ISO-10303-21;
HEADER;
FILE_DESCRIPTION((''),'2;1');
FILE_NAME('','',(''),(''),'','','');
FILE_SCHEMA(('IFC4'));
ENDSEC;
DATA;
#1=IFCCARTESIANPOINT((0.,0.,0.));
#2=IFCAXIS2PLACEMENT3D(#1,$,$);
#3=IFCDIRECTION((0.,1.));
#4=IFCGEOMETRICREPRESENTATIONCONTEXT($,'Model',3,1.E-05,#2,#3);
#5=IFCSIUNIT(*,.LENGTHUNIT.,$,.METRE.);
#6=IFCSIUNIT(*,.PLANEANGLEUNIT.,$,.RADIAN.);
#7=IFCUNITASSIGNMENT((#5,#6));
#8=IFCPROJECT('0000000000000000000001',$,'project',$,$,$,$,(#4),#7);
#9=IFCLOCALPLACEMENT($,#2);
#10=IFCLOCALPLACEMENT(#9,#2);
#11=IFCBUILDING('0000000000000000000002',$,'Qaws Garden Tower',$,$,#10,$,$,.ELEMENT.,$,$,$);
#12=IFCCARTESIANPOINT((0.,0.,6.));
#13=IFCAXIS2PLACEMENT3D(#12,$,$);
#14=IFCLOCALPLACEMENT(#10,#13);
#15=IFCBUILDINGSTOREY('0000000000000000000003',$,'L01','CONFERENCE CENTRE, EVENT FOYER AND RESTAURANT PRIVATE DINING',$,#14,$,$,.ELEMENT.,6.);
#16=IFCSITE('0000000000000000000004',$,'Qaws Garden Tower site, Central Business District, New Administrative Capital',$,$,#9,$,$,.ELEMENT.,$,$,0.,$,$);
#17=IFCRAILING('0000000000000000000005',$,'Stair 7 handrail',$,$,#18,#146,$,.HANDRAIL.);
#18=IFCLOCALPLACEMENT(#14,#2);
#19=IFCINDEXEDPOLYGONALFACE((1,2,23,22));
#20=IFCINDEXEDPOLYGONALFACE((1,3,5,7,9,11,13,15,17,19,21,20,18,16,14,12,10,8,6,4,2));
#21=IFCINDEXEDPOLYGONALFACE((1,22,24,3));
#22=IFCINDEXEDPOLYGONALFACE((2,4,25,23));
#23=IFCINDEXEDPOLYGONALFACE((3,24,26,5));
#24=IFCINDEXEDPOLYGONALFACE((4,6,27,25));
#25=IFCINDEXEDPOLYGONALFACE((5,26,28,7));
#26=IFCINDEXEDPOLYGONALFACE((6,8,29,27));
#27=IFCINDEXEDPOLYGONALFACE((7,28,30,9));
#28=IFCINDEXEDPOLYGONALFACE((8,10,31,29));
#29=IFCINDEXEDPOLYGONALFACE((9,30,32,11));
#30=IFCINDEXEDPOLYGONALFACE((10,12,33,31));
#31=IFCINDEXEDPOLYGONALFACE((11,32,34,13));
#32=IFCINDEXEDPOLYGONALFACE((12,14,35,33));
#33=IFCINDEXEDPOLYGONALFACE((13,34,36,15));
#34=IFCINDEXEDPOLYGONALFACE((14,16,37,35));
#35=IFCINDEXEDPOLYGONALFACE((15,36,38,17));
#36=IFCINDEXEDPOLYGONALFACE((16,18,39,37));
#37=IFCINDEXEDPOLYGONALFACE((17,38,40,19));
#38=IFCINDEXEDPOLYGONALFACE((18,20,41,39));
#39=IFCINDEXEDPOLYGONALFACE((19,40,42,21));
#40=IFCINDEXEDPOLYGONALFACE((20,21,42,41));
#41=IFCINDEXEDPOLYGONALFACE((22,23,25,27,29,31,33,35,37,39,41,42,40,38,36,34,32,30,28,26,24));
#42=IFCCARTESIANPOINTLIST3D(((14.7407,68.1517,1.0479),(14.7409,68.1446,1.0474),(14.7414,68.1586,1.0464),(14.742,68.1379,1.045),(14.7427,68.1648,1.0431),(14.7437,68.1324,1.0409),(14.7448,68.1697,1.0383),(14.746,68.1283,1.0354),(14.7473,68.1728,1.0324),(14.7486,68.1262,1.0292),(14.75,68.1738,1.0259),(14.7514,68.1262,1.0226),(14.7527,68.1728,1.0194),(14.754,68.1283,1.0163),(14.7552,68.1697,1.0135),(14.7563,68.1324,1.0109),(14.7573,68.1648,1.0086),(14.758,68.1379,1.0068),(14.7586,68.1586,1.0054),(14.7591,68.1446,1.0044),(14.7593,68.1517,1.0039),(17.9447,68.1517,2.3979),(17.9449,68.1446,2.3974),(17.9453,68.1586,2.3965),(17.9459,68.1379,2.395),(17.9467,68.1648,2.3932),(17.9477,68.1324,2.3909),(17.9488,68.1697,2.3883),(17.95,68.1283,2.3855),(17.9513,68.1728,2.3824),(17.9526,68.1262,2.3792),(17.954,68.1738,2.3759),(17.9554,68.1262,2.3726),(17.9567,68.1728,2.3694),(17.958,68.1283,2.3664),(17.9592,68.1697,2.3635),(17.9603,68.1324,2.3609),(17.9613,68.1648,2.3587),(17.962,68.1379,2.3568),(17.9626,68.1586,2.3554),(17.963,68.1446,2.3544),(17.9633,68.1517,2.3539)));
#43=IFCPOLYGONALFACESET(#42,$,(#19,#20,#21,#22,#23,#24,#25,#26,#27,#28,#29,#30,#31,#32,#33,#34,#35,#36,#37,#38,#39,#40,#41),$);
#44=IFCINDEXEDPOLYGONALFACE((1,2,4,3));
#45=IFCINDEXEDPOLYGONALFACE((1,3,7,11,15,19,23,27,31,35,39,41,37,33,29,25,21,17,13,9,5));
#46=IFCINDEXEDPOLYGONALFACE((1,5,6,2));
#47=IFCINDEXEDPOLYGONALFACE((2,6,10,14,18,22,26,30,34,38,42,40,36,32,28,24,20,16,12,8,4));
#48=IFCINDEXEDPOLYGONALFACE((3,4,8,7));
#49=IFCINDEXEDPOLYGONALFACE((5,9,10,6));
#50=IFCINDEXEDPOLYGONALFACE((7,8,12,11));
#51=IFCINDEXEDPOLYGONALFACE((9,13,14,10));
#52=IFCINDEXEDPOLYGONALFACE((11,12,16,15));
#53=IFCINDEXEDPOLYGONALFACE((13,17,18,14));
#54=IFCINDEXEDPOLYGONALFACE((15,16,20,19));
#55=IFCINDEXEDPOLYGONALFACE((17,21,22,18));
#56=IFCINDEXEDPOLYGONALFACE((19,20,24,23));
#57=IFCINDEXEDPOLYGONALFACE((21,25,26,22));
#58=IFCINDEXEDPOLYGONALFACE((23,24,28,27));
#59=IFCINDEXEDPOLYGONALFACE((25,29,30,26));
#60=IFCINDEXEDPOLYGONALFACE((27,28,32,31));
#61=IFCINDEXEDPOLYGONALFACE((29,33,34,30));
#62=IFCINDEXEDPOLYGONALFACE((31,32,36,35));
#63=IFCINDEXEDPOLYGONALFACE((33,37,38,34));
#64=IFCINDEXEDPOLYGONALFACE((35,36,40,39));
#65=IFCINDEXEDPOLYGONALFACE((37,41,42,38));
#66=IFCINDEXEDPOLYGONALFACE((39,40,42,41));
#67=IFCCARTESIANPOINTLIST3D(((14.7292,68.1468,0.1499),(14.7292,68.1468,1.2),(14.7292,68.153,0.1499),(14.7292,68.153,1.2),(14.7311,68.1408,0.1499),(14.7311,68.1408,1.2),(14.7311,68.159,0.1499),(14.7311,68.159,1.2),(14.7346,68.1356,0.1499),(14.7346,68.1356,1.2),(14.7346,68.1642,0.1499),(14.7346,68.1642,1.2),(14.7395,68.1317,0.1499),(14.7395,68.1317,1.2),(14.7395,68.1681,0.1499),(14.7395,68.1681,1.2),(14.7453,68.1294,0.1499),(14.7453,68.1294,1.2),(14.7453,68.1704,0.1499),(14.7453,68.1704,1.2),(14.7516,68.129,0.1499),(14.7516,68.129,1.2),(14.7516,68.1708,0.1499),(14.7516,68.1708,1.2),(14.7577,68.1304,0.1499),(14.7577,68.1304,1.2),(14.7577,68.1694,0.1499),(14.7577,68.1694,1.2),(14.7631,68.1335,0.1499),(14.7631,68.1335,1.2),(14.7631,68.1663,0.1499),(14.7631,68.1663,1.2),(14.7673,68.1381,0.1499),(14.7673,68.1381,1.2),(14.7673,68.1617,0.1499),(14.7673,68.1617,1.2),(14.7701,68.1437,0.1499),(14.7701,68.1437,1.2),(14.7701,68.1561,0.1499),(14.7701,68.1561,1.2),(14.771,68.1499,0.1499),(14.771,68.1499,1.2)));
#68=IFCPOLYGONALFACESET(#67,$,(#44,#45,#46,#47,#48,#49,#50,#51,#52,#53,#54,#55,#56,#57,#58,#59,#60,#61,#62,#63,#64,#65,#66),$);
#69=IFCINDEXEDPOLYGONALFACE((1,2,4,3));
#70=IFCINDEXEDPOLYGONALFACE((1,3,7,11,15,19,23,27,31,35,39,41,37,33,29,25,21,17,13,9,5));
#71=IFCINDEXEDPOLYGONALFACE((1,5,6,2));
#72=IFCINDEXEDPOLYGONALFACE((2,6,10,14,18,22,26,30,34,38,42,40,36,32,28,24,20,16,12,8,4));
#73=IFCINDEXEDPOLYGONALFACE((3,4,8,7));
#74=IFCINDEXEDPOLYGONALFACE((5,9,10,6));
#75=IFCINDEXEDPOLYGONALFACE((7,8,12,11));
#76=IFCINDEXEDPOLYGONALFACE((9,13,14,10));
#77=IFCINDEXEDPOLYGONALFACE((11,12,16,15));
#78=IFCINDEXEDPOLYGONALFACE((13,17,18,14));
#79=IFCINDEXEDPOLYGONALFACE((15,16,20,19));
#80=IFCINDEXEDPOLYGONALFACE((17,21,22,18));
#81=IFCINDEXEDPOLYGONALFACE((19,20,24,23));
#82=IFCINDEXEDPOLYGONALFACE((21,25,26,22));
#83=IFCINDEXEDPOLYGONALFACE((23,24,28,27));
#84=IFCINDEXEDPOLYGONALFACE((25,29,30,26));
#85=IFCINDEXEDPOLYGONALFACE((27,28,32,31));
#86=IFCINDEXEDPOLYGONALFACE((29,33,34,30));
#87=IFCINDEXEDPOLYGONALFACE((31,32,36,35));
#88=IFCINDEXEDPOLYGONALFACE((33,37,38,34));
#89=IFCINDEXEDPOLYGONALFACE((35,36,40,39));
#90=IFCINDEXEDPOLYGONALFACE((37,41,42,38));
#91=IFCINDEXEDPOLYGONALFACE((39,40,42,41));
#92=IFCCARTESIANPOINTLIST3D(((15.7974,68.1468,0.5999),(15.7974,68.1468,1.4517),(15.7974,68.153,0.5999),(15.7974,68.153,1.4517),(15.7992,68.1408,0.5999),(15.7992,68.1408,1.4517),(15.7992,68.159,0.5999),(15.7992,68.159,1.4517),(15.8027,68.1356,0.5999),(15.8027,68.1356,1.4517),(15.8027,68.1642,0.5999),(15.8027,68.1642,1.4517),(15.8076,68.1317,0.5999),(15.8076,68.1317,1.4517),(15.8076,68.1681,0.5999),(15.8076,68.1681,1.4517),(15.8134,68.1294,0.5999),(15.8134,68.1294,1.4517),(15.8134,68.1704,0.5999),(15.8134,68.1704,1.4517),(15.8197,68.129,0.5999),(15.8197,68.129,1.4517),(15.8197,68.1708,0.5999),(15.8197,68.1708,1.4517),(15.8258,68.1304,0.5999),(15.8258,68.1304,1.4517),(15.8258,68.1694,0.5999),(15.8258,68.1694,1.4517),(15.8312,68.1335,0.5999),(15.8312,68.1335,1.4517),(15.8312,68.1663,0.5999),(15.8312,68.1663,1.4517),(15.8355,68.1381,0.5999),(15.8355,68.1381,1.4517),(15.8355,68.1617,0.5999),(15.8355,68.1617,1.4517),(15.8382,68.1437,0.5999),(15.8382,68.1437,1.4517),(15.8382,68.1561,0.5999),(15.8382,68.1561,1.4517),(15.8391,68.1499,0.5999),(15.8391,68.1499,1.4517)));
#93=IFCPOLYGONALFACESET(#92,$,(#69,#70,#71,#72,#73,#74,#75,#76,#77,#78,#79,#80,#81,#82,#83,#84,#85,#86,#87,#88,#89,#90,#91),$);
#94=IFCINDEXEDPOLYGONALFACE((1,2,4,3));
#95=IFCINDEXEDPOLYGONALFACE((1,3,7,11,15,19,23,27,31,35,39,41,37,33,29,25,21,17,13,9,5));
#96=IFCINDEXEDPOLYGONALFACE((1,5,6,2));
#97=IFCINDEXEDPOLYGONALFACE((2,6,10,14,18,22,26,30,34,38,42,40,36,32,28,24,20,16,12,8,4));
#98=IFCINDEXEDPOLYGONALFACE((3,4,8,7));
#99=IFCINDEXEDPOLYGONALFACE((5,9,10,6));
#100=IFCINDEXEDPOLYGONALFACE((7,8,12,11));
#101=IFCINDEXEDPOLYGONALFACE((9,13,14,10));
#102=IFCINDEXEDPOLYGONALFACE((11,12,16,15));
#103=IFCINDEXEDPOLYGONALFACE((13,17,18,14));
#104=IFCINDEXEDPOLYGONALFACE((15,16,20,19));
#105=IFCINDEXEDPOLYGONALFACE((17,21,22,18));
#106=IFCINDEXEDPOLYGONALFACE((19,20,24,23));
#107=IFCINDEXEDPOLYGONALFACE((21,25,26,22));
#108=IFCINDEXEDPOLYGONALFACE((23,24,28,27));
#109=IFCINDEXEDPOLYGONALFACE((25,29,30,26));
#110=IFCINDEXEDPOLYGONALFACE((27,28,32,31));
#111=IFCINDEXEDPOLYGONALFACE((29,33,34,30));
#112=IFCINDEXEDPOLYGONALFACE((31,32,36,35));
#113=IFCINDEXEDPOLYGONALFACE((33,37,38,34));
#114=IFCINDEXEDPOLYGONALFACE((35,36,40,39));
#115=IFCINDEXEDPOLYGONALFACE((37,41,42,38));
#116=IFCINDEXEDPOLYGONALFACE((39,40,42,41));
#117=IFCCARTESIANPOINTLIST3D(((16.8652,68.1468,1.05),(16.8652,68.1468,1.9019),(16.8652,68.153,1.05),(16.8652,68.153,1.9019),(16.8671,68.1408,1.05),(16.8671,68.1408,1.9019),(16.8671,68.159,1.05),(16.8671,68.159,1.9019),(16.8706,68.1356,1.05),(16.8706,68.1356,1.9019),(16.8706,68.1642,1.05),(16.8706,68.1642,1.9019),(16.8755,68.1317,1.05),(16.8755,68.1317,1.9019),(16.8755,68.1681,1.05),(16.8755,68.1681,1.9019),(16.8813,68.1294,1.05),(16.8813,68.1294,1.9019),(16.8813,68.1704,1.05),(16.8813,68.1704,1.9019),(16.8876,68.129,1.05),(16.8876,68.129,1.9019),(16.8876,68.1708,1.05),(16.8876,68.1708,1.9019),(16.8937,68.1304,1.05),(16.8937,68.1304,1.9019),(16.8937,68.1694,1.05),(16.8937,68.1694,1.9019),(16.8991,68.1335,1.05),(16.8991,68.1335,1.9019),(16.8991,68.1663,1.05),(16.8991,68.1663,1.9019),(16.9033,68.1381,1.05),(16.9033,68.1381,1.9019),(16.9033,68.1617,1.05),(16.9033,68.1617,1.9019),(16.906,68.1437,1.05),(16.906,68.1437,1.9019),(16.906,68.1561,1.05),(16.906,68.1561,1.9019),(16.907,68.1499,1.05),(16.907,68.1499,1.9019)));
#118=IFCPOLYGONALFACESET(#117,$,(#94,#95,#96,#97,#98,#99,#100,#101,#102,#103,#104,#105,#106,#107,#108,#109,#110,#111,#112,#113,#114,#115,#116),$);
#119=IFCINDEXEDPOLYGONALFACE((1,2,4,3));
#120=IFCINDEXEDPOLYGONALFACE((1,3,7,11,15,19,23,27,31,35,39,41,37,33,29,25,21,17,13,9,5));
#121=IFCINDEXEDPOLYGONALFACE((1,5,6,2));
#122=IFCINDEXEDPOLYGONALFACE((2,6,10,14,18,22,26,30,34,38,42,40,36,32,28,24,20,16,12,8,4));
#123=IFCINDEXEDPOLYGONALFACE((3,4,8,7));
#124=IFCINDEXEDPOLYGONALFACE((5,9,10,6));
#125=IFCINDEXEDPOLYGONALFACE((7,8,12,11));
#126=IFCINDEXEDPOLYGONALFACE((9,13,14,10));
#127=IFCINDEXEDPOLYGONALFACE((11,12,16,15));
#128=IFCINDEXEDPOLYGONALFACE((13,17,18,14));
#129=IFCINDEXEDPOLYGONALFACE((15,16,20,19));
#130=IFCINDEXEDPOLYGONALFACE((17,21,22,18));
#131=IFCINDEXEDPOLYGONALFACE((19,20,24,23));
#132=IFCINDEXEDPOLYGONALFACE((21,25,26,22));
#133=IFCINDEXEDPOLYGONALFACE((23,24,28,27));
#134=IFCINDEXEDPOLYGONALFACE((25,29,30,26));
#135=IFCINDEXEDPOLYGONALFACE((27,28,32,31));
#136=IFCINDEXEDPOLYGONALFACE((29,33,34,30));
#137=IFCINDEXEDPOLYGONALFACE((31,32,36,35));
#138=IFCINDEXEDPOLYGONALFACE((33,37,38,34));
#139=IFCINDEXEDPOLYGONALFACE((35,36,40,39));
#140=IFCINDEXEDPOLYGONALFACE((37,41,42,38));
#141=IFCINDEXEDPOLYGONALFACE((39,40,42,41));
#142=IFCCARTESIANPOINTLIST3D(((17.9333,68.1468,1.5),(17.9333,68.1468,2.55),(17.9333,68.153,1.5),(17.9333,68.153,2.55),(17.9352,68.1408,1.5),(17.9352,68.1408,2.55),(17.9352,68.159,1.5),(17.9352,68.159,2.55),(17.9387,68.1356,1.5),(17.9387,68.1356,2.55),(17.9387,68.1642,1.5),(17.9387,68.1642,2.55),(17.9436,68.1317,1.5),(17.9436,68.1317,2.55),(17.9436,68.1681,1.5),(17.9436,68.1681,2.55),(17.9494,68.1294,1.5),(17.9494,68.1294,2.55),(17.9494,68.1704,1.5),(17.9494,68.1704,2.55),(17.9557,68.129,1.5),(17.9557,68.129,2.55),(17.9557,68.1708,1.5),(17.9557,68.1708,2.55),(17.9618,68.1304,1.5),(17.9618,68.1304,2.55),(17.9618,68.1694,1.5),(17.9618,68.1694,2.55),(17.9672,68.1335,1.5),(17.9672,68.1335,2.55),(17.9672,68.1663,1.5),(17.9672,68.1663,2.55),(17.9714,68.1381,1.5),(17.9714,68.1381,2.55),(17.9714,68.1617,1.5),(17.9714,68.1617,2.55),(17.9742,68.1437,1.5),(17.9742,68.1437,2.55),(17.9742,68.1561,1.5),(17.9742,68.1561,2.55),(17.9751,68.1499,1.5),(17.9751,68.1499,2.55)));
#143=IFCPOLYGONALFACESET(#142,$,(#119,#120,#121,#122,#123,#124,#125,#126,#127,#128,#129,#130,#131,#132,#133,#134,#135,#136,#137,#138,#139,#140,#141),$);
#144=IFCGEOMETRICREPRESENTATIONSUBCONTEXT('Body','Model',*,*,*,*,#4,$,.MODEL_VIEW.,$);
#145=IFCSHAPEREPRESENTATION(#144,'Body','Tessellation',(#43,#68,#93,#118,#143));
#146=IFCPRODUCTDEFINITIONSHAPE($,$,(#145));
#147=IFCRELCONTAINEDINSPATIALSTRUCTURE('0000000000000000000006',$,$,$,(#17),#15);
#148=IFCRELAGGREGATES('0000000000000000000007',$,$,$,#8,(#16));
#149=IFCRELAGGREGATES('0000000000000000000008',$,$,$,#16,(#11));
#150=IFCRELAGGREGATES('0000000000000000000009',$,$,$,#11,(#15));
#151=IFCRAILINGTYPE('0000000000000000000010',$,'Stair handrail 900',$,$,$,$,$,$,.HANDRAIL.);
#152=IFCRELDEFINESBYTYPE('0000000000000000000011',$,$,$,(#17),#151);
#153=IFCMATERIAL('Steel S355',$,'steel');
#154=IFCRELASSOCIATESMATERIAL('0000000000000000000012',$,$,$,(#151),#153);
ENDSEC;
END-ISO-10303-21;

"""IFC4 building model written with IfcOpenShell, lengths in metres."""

from ifc_helpers import new_model, si_unit, direction, frame, origin, origin_2d, place, context, subcontext, project, spatial, circle, extrude, material, type_object, element, save


model = new_model("IFC4")

# Units and contexts
model_context = context("Model", 3, precision=1e-05, world=origin(), true_north=direction((0.0, 1.0)))
body_context = subcontext(model_context, "Body", "Model", "MODEL_VIEW")
ifc_project = project(units=[si_unit("LENGTHUNIT", "METRE"), si_unit("PLANEANGLEUNIT", "RADIAN")], contexts=[model_context])

# Site, building, storey
site_placement = place(None, origin())
site = spatial("IfcSite", under=ifc_project, at=site_placement, Name="Qaws Garden Tower site, Central Business District, New Administrative Capital", CompositionType="ELEMENT", RefElevation=0.0)
building_placement = place(site_placement, origin())
building = spatial("IfcBuilding", under=site, at=building_placement, Name="Qaws Garden Tower", CompositionType="ELEMENT")
storey_placement = place(building_placement, frame((0.0, 0.0, 6.0)))
storey = spatial("IfcBuildingStorey", under=building, at=storey_placement, Name="L01", Description="CONFERENCE CENTRE, EVENT FOYER AND RESTAURANT PRIVATE DINING", CompositionType="ELEMENT", Elevation=6.0)

# Railing
ifc_material_1 = material(Name="Steel S355", Category="steel")
railing_type = type_object("IfcRailingType", Name="Stair handrail 900", PredefinedType="HANDRAIL", material=ifc_material_1)
railing_1_placement = place(storey_placement, frame((14.75, 68.1499, 0.1499)))
element("IfcRailing", 1, at=railing_1_placement, inside=storey, type_object=railing_type, Name="Stair 7 handrail", PredefinedType="HANDRAIL", context=body_context, shape_type="SweptSolid", body=[
    extrude(circle(Radius=0.0239, at=origin_2d()), frame((0.0, 0.0, 0.876), z_axis=(0.921532, 0.0, 0.388302), x_axis=(0.0, 1.0, 0.0)), (0.0, 0.0, 1.0), 3.4768),
    extrude(circle(Radius=0.021, at=origin_2d()), origin(), (0.0, 0.0, 1.0), 1.05),
    extrude(circle(Radius=0.021, at=origin_2d()), frame((1.0681, 0.0, 0.45)), (0.0, 0.0, 1.0), 0.8518),
    extrude(circle(Radius=0.021, at=origin_2d()), frame((2.136, 0.0, 0.9001)), (0.0, 0.0, 1.0), 0.8518),
    extrude(circle(Radius=0.021, at=origin_2d()), frame((3.2041, 0.0, 1.3501)), (0.0, 0.0, 1.0), 1.05),
])

save(model, "model.ifc")
